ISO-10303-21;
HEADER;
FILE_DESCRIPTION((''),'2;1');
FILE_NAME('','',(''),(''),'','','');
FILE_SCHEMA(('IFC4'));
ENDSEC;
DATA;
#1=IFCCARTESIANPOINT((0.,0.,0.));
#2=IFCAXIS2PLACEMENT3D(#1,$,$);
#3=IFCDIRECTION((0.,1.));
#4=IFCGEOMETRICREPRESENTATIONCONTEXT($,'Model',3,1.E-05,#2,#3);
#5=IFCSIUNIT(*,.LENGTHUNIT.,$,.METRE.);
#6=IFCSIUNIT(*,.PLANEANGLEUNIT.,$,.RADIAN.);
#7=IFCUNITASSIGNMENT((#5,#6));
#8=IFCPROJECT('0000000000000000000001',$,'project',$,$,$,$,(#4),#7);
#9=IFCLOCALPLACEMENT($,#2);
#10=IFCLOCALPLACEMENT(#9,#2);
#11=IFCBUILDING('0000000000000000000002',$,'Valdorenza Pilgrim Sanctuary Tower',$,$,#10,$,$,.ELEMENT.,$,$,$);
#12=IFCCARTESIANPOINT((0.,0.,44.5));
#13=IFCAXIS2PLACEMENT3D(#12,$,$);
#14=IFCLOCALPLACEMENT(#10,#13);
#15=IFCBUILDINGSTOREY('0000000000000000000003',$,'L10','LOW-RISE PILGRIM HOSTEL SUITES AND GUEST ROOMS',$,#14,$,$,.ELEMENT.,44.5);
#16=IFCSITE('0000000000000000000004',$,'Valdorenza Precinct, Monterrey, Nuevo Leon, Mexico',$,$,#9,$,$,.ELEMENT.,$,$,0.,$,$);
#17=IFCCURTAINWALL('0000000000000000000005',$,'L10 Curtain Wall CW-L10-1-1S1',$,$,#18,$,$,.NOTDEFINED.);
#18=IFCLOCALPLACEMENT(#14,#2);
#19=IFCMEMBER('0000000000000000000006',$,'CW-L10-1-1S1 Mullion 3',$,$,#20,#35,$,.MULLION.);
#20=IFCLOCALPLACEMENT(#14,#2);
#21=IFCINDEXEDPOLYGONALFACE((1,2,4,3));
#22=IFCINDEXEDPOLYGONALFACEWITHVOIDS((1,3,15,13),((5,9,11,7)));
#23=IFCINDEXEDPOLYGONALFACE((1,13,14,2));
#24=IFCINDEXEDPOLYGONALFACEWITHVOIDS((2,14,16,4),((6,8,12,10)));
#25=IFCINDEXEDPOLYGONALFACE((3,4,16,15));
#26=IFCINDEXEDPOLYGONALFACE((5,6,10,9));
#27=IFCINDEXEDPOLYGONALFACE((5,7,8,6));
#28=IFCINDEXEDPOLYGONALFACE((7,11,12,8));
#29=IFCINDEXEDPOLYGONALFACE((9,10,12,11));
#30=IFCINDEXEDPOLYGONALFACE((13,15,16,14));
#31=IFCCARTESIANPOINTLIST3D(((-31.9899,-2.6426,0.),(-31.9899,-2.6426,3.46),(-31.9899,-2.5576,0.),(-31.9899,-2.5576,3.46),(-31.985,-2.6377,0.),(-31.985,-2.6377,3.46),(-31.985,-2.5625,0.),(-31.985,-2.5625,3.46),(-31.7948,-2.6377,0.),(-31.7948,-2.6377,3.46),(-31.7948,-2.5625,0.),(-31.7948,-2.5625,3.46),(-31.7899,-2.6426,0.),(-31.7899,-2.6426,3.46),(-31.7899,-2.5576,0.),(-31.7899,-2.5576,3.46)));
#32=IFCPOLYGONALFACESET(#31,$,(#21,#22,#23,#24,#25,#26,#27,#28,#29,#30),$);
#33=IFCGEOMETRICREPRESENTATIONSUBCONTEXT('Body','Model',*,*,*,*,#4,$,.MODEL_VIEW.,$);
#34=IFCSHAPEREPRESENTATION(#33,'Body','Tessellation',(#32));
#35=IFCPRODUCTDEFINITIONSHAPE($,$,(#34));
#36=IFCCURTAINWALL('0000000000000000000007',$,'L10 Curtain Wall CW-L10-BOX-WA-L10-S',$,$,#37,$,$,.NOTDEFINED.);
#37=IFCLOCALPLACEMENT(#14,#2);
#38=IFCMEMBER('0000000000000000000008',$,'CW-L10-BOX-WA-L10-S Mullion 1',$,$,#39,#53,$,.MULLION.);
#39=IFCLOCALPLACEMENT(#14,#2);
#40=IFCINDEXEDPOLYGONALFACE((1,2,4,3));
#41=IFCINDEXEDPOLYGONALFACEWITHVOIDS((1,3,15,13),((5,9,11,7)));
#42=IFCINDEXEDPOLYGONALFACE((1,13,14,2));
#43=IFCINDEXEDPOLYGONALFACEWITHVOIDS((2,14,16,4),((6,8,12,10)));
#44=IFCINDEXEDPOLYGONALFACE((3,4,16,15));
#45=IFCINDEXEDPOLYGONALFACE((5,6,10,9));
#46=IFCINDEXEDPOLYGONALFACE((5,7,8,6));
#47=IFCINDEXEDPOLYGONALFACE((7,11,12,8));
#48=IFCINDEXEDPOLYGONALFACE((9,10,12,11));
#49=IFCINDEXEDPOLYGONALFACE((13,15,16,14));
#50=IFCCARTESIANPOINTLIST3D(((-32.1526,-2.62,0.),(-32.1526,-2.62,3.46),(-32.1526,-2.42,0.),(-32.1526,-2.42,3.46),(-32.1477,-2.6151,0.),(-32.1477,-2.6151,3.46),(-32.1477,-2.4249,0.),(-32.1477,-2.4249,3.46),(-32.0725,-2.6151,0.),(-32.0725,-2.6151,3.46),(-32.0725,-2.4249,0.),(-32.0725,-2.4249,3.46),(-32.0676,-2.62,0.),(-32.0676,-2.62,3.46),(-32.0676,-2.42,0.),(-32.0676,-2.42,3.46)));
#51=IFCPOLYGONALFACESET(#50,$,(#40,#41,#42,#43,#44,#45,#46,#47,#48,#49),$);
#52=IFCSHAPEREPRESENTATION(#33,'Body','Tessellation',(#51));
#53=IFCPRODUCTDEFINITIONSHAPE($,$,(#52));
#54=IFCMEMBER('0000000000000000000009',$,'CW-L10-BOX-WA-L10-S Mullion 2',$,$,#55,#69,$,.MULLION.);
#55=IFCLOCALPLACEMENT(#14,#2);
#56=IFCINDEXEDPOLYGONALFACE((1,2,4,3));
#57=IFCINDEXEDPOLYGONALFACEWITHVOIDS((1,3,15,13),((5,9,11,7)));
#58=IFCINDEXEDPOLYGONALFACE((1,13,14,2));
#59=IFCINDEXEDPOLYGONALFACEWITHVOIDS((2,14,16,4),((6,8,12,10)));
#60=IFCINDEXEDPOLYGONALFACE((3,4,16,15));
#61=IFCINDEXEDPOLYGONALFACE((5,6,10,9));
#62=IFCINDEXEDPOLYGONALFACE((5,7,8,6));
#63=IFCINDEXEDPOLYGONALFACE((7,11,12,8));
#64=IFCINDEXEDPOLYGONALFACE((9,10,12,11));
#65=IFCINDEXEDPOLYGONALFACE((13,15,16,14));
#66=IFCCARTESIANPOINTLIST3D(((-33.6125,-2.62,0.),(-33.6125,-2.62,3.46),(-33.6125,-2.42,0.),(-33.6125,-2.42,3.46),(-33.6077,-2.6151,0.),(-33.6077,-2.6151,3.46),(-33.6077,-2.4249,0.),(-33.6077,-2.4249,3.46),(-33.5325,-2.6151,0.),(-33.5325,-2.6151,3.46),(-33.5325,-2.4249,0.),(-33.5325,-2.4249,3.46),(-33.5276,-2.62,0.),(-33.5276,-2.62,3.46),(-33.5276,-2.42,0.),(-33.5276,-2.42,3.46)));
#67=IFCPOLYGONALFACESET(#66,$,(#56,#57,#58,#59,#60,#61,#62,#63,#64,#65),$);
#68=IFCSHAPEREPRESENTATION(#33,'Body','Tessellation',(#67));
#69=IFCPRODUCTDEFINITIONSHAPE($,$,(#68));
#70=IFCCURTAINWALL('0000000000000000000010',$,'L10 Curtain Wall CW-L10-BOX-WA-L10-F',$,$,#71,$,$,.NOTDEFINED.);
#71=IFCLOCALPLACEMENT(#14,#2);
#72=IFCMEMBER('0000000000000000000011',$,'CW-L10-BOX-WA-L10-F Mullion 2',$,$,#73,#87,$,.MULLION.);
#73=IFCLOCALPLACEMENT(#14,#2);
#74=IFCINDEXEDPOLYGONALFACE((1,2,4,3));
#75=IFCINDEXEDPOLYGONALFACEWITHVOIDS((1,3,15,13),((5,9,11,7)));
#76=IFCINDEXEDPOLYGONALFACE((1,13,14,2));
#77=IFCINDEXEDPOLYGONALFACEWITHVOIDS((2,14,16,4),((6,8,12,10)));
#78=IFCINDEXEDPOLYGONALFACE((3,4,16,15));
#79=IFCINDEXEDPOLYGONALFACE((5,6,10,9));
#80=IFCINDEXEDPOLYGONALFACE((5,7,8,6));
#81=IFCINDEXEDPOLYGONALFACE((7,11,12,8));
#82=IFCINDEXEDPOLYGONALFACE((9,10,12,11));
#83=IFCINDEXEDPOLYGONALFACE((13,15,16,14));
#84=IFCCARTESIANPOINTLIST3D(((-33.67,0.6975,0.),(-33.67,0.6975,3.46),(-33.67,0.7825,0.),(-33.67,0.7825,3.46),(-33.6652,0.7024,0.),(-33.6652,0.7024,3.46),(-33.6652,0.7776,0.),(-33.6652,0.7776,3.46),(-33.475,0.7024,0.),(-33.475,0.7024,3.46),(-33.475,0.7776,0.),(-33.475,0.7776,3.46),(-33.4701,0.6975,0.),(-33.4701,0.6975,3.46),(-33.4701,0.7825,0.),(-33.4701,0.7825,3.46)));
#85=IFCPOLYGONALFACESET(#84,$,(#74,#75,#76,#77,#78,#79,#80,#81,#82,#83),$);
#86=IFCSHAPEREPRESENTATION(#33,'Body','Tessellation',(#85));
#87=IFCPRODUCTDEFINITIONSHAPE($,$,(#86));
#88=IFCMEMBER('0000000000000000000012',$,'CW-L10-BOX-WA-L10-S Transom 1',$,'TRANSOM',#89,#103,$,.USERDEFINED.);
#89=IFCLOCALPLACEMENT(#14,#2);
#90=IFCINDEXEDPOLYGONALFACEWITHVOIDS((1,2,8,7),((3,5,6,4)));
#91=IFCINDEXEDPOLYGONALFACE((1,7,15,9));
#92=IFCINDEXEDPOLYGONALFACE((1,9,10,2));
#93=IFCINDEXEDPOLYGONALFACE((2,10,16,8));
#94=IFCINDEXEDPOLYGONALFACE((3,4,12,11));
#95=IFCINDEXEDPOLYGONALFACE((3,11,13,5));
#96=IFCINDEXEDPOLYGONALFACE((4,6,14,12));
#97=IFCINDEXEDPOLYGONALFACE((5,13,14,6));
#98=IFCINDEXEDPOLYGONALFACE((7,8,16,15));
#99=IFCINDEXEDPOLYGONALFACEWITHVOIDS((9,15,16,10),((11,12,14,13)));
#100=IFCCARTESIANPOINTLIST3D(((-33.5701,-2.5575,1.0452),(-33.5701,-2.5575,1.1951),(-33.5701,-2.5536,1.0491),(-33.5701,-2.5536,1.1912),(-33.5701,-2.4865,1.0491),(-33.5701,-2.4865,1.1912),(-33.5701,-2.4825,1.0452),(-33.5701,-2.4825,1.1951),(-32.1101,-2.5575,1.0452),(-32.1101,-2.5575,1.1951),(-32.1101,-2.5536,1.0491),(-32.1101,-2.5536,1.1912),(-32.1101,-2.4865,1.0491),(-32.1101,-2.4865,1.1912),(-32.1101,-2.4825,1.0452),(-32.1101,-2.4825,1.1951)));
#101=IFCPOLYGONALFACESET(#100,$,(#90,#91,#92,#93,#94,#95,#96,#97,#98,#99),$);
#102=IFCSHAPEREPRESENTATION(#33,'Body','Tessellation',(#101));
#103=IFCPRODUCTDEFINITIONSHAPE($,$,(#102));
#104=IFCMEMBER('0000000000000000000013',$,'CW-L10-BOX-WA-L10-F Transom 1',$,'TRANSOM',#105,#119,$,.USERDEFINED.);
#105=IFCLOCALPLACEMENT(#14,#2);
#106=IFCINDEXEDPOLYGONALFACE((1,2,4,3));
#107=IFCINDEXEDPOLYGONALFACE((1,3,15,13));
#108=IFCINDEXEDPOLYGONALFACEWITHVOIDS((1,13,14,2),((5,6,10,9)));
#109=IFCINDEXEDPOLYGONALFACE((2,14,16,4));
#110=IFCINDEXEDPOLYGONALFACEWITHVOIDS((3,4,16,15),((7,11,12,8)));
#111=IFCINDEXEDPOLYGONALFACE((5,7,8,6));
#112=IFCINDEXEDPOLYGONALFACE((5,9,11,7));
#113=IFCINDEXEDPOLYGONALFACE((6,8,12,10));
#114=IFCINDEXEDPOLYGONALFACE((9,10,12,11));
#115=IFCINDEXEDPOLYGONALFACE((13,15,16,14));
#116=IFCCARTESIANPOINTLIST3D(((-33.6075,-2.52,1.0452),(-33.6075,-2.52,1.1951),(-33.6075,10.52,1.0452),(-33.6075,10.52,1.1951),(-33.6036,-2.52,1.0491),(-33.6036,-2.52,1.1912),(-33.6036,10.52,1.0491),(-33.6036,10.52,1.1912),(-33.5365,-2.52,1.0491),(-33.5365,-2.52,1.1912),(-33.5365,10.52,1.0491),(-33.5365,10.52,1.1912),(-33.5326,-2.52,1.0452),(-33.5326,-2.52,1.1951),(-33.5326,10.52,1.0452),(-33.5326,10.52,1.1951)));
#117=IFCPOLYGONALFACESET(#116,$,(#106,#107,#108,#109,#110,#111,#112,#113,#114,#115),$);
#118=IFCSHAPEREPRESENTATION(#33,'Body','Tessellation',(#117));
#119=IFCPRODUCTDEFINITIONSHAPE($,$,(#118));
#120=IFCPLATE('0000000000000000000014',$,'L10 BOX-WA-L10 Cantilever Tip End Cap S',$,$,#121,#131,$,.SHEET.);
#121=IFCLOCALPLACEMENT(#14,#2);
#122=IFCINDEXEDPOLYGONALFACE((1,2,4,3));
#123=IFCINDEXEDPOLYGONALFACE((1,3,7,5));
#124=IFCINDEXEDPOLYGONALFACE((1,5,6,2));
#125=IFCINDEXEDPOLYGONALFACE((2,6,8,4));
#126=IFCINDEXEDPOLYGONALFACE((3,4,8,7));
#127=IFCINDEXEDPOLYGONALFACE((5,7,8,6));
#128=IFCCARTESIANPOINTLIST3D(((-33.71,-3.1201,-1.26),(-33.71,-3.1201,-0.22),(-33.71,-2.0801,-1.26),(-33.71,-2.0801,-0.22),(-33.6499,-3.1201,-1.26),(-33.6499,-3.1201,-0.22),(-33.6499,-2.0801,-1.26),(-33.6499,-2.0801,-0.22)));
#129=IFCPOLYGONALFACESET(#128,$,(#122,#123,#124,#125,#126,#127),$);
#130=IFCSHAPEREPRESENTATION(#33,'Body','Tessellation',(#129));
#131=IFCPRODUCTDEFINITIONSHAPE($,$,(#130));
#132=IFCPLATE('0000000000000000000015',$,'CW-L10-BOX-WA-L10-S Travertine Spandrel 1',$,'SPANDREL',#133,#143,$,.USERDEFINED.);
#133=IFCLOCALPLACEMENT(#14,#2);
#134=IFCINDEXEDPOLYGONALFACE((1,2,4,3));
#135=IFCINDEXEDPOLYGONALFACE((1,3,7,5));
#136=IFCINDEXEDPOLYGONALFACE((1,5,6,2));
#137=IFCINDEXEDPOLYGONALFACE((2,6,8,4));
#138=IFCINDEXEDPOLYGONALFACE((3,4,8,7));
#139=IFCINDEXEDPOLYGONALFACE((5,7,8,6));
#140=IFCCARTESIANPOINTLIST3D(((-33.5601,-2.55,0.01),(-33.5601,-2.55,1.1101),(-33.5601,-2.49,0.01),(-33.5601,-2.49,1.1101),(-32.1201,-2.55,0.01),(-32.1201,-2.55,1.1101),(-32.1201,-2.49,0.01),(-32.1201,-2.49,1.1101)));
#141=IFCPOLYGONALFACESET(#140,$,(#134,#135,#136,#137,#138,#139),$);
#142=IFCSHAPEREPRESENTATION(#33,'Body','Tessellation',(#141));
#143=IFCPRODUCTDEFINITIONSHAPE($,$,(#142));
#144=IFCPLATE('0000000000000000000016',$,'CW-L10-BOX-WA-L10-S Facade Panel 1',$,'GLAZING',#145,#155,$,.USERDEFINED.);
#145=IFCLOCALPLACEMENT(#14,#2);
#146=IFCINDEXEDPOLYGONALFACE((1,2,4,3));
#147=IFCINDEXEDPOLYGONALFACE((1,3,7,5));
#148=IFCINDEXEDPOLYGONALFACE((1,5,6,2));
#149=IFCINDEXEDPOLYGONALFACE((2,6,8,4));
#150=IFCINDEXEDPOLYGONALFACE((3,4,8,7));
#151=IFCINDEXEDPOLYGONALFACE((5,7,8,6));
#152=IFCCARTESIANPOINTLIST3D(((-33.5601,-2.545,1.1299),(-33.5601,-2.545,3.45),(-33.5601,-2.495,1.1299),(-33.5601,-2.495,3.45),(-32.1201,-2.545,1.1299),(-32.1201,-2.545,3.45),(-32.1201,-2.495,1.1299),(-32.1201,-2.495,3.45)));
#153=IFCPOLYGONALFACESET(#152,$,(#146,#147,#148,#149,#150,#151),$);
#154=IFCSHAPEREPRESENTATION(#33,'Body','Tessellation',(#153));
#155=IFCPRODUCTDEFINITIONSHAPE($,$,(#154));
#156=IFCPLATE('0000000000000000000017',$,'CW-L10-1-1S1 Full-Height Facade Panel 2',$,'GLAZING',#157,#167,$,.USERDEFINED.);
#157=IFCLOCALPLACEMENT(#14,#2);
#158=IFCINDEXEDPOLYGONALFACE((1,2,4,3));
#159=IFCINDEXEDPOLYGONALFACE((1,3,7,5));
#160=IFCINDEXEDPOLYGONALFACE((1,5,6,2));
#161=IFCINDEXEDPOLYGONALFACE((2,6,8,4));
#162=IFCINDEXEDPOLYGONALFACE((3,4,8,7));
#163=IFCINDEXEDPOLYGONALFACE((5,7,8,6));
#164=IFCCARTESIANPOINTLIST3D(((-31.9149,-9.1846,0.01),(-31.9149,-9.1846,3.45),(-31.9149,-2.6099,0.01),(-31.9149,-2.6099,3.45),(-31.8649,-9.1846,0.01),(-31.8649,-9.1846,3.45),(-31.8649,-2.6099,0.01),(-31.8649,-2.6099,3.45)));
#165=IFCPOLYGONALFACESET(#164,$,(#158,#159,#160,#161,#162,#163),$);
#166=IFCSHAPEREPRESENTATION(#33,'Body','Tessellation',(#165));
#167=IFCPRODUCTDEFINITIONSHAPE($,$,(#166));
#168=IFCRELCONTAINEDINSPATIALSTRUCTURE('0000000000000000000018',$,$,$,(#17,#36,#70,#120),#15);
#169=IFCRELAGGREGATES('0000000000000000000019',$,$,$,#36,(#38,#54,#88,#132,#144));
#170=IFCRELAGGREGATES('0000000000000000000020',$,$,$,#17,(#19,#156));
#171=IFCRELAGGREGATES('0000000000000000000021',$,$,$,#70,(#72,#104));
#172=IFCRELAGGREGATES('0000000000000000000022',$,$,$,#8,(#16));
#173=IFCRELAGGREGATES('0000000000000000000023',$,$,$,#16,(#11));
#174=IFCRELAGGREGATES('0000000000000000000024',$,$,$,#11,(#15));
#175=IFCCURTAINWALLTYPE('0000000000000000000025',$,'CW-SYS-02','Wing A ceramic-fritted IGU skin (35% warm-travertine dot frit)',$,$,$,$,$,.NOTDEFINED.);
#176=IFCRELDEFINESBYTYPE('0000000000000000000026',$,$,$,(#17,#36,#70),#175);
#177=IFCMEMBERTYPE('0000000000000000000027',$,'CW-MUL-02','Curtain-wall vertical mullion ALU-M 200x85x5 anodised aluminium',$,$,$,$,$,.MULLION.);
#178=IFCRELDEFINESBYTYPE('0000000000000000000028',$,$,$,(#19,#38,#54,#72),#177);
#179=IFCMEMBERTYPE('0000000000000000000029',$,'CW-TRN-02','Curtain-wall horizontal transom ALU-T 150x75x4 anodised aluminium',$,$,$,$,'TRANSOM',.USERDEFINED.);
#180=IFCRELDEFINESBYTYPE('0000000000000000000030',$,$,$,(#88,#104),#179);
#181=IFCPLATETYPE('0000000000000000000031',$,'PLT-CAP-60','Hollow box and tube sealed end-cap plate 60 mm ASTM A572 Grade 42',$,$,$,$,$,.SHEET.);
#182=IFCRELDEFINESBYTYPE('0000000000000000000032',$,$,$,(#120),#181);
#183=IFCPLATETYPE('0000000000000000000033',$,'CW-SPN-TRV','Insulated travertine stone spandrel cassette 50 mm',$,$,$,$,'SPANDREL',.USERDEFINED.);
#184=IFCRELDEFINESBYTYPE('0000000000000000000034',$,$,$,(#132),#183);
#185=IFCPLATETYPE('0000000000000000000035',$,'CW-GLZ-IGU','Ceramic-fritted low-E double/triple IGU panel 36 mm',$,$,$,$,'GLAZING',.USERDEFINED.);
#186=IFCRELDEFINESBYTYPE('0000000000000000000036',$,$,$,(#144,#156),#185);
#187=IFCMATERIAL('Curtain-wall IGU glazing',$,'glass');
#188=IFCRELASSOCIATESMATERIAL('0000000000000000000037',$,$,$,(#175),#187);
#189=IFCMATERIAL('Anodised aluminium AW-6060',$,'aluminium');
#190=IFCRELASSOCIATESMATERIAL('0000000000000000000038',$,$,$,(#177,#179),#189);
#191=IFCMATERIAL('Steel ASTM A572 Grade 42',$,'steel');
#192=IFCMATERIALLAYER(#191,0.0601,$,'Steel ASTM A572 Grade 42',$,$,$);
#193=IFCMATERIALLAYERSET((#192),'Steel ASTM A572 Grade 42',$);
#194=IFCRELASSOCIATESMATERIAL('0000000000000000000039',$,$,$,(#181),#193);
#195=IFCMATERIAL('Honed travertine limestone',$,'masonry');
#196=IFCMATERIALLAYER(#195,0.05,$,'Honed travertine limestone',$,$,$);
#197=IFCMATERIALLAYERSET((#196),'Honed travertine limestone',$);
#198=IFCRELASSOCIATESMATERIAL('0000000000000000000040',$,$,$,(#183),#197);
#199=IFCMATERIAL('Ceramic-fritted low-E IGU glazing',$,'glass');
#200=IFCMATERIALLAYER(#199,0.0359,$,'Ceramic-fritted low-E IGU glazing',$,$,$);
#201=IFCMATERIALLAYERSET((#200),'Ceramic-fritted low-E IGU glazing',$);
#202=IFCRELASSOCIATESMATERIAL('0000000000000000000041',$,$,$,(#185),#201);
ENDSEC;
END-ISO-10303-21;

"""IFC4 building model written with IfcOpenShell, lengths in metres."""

from ifc_helpers import new_model, si_unit, direction, frame, origin, origin_2d, place, context, subcontext, project, spatial, rectangle, hollow_rectangle, extrude, source, transform, mapped, material, layer, layer_set, material_profile, profile_set, type_object, element, aggregate, save


model = new_model("IFC4")

# Units and contexts
model_context = context("Model", 3, precision=1e-05, world=origin(), true_north=direction((0.0, 1.0)))
body_context = subcontext(model_context, "Body", "Model", "MODEL_VIEW")
ifc_project = project(units=[si_unit("LENGTHUNIT", "METRE"), si_unit("PLANEANGLEUNIT", "RADIAN")], contexts=[model_context])

# Site, building, storey
site_placement = place(None, origin())
site = spatial("IfcSite", under=ifc_project, at=site_placement, Name="Valdorenza Precinct, Monterrey, Nuevo Leon, Mexico", CompositionType="ELEMENT", RefElevation=0.0)
building_placement = place(site_placement, origin())
building = spatial("IfcBuilding", under=site, at=building_placement, Name="Valdorenza Pilgrim Sanctuary Tower", CompositionType="ELEMENT")
storey_placement = place(building_placement, frame((0.0, 0.0, 44.5)))
storey = spatial("IfcBuildingStorey", under=building, at=storey_placement, Name="L10", Description="LOW-RISE PILGRIM HOSTEL SUITES AND GUEST ROOMS", CompositionType="ELEMENT", Elevation=44.5)

# Shared definitions
ifc_material_1 = material(Name="Steel ASTM A572 Grade 42", Category="steel")

# Curtain wall, member
ifc_material_2 = material(Name="Curtain-wall IGU glazing", Category="glass")
curtain_wall_type = type_object("IfcCurtainWallType", Name="CW-SYS-02", Description="Wing A ceramic-fritted IGU skin (35% warm-travertine dot frit)", PredefinedType="NOTDEFINED", material=ifc_material_2)
curtain_wall_1_placement = place(storey_placement, origin())
curtain_wall_1 = element("IfcCurtainWall", 1, at=curtain_wall_1_placement, inside=storey, type_object=curtain_wall_type, Name="L10 Curtain Wall CW-L10-1-1S1", PredefinedType="NOTDEFINED")
ifc_material_3 = material(Name="Anodised aluminium AW-6060", Category="aluminium")
ifc_material_profile_1 = material_profile(ifc_material_3, hollow_rectangle(XDim=0.085, YDim=0.2, WallThickness=0.0049, at=origin_2d()), Name="ALU-M 200x85x5")
ifc_profile_set_1 = profile_set([ifc_material_profile_1], Name="Anodised aluminium AW-6060")
member_type_1 = type_object("IfcMemberType", Name="CW-MUL-02", Description="Curtain-wall vertical mullion ALU-M 200x85x5 anodised aluminium", PredefinedType="MULLION", material=ifc_profile_set_1)
shared_shape_1 = source(origin(), body_context, "Body", "SweptSolid", [
    extrude(hollow_rectangle(XDim=0.085, YDim=0.2, WallThickness=0.0049, at=origin_2d()), origin(), (0.0, 0.0, 1.0), 3.46),
])
member_1_placement = place(storey_placement, frame((-31.8899, -2.6001, 0.0), z_axis=(0.0, 0.0, 1.0), x_axis=(0.0, 1.0, 0.0)))
member_1 = element("IfcMember", 2, at=member_1_placement, type_object=member_type_1, Name="CW-L10-1-1S1 Mullion 3", PredefinedType="MULLION", context=body_context, shape_type="MappedRepresentation", body=[
    mapped(shared_shape_1, transform((0.0, 0.0, 0.0), x_axis=(1.0, 0.0, 0.0), y_axis=(0.0, 1.0, 0.0), z_axis=(0.0, 0.0, 1.0), scale=1.0)),
])

# Curtain wall, members
curtain_wall_2_placement = place(storey_placement, origin())
curtain_wall_2 = element("IfcCurtainWall", 3, at=curtain_wall_2_placement, inside=storey, type_object=curtain_wall_type, Name="L10 Curtain Wall CW-L10-BOX-WA-L10-S", PredefinedType="NOTDEFINED")
member_2_placement = place(storey_placement, frame((-32.1101, -2.52, 0.0), z_axis=(0.0, 0.0, 1.0), x_axis=(-1.0, 0.0, 0.0)))
member_2 = element("IfcMember", 4, at=member_2_placement, type_object=member_type_1, Name="CW-L10-BOX-WA-L10-S Mullion 1", PredefinedType="MULLION", context=body_context, shape_type="MappedRepresentation", body=[
    mapped(shared_shape_1, transform((0.0, 0.0, 0.0), x_axis=(1.0, 0.0, 0.0), y_axis=(0.0, 1.0, 0.0), z_axis=(0.0, 0.0, 1.0), scale=1.0)),
])
member_3_placement = place(storey_placement, frame((-33.5701, -2.52, 0.0), z_axis=(0.0, 0.0, 1.0), x_axis=(-1.0, 0.0, 0.0)))
member_3 = element("IfcMember", 5, at=member_3_placement, type_object=member_type_1, Name="CW-L10-BOX-WA-L10-S Mullion 2", PredefinedType="MULLION", context=body_context, shape_type="MappedRepresentation", body=[
    mapped(shared_shape_1, transform((0.0, 0.0, 0.0), x_axis=(1.0, 0.0, 0.0), y_axis=(0.0, 1.0, 0.0), z_axis=(0.0, 0.0, 1.0), scale=1.0)),
])

# Curtain wall, member
curtain_wall_3_placement = place(storey_placement, origin())
curtain_wall_3 = element("IfcCurtainWall", 6, at=curtain_wall_3_placement, inside=storey, type_object=curtain_wall_type, Name="L10 Curtain Wall CW-L10-BOX-WA-L10-F", PredefinedType="NOTDEFINED")
member_4_placement = place(storey_placement, frame((-33.5701, 0.74, 0.0), z_axis=(0.0, 0.0, 1.0), x_axis=(0.0, 1.0, 0.0)))
member_4 = element("IfcMember", 7, at=member_4_placement, type_object=member_type_1, Name="CW-L10-BOX-WA-L10-F Mullion 2", PredefinedType="MULLION", context=body_context, shape_type="MappedRepresentation", body=[
    mapped(shared_shape_1, transform((0.0, 0.0, 0.0), x_axis=(1.0, 0.0, 0.0), y_axis=(0.0, 1.0, 0.0), z_axis=(0.0, 0.0, 1.0), scale=1.0)),
])

# Members
ifc_material_profile_2 = material_profile(ifc_material_3, hollow_rectangle(XDim=0.075, YDim=0.1499, WallThickness=0.0039, at=origin_2d()), Name="ALU-T 150x75x4")
ifc_profile_set_2 = profile_set([ifc_material_profile_2], Name="Anodised aluminium AW-6060")
member_type_2 = type_object("IfcMemberType", Name="CW-TRN-02", Description="Curtain-wall horizontal transom ALU-T 150x75x4 anodised aluminium", ElementType="TRANSOM", PredefinedType="USERDEFINED", material=ifc_profile_set_2)
shared_shape_2 = source(origin(), body_context, "Body", "SweptSolid", [
    extrude(hollow_rectangle(XDim=0.075, YDim=0.1499, WallThickness=0.0039, at=origin_2d()), origin(), (0.0, 0.0, 1.0), 1.46),
])
member_5_placement = place(storey_placement, frame((-32.1101, -2.52, 1.1201), z_axis=(-1.0, 0.0, 0.0), x_axis=(0.0, -1.0, 0.0)))
member_5 = element("IfcMember", 8, at=member_5_placement, type_object=member_type_2, Name="CW-L10-BOX-WA-L10-S Transom 1", ObjectType="TRANSOM", PredefinedType="USERDEFINED", context=body_context, shape_type="MappedRepresentation", body=[
    mapped(shared_shape_2, transform((0.0, 0.0, 0.0), x_axis=(1.0, 0.0, 0.0), y_axis=(0.0, 1.0, 0.0), z_axis=(0.0, 0.0, 1.0), scale=1.0)),
])
shared_shape_3 = source(origin(), body_context, "Body", "SweptSolid", [
    extrude(hollow_rectangle(XDim=0.075, YDim=0.1499, WallThickness=0.0039, at=origin_2d()), origin(), (0.0, 0.0, 1.0), 13.04),
])
member_6_placement = place(storey_placement, frame((-33.5701, -2.52, 1.1201), z_axis=(0.0, 1.0, 0.0), x_axis=(-1.0, 0.0, 0.0)))
member_6 = element("IfcMember", 9, at=member_6_placement, type_object=member_type_2, Name="CW-L10-BOX-WA-L10-F Transom 1", ObjectType="TRANSOM", PredefinedType="USERDEFINED", context=body_context, shape_type="MappedRepresentation", body=[
    mapped(shared_shape_3, transform((0.0, 0.0, 0.0), x_axis=(1.0, 0.0, 0.0), y_axis=(0.0, 1.0, 0.0), z_axis=(0.0, 0.0, 1.0), scale=1.0)),
])

# Plates
ifc_layer_1 = layer(ifc_material_1, 0.0601, Name="Steel ASTM A572 Grade 42")
ifc_layer_set_1 = layer_set([ifc_layer_1], Name="Steel ASTM A572 Grade 42")
plate_type_1 = type_object("IfcPlateType", Name="PLT-CAP-60", Description="Hollow box and tube sealed end-cap plate 60 mm ASTM A572 Grade 42", PredefinedType="SHEET", material=ifc_layer_set_1)
shared_shape_4 = source(origin(), body_context, "Body", "SweptSolid", [
    extrude(rectangle(XDim=0.0601, YDim=1.04, at=origin_2d()), origin(), (0.0, 0.0, 1.0), 1.04),
])
plate_1_placement = place(storey_placement, frame((-33.6799, -2.6001, -1.26), z_axis=(0.0, 0.0, 1.0), x_axis=(1.0, 0.0, 0.0)))
element("IfcPlate", 10, at=plate_1_placement, inside=storey, type_object=plate_type_1, Name="L10 BOX-WA-L10 Cantilever Tip End Cap S", PredefinedType="SHEET", context=body_context, shape_type="MappedRepresentation", body=[
    mapped(shared_shape_4, transform((0.0, 0.0, 0.0), x_axis=(1.0, 0.0, 0.0), y_axis=(0.0, 1.0, 0.0), z_axis=(0.0, 0.0, 1.0), scale=1.0)),
])
ifc_material_4 = material(Name="Honed travertine limestone", Category="masonry")
ifc_layer_2 = layer(ifc_material_4, 0.05, Name="Honed travertine limestone")
ifc_layer_set_2 = layer_set([ifc_layer_2], Name="Honed travertine limestone")
plate_type_2 = type_object("IfcPlateType", Name="CW-SPN-TRV", Description="Insulated travertine stone spandrel cassette 50 mm", ElementType="SPANDREL", PredefinedType="USERDEFINED", material=ifc_layer_set_2)
shared_shape_5 = source(origin(), body_context, "Body", "SweptSolid", [
    extrude(rectangle(XDim=1.4399, YDim=0.0601, at=origin_2d()), origin(), (0.0, 0.0, 1.0), 1.1001),
])
plate_2_placement = place(storey_placement, frame((-32.8401, -2.52, 0.01), z_axis=(0.0, 0.0, 1.0), x_axis=(-1.0, 0.0, 0.0)))
plate_2 = element("IfcPlate", 11, at=plate_2_placement, type_object=plate_type_2, Name="CW-L10-BOX-WA-L10-S Travertine Spandrel 1", ObjectType="SPANDREL", PredefinedType="USERDEFINED", context=body_context, shape_type="MappedRepresentation", body=[
    mapped(shared_shape_5, transform((0.0, 0.0, 0.0), x_axis=(1.0, 0.0, 0.0), y_axis=(0.0, 1.0, 0.0), z_axis=(0.0, 0.0, 1.0), scale=1.0)),
])
ifc_material_5 = material(Name="Ceramic-fritted low-E IGU glazing", Category="glass")
ifc_layer_3 = layer(ifc_material_5, 0.0359, Name="Ceramic-fritted low-E IGU glazing")
ifc_layer_set_3 = layer_set([ifc_layer_3], Name="Ceramic-fritted low-E IGU glazing")
plate_type_3 = type_object("IfcPlateType", Name="CW-GLZ-IGU", Description="Ceramic-fritted low-E double/triple IGU panel 36 mm", ElementType="GLAZING", PredefinedType="USERDEFINED", material=ifc_layer_set_3)
shared_shape_6 = source(origin(), body_context, "Body", "SweptSolid", [
    extrude(rectangle(XDim=1.4399, YDim=0.05, at=origin_2d()), origin(), (0.0, 0.0, 1.0), 2.3201),
])
plate_3_placement = place(storey_placement, frame((-32.8401, -2.52, 1.1299), z_axis=(0.0, 0.0, 1.0), x_axis=(-1.0, 0.0, 0.0)))
plate_3 = element("IfcPlate", 12, at=plate_3_placement, type_object=plate_type_3, Name="CW-L10-BOX-WA-L10-S Facade Panel 1", ObjectType="GLAZING", PredefinedType="USERDEFINED", context=body_context, shape_type="MappedRepresentation", body=[
    mapped(shared_shape_6, transform((0.0, 0.0, 0.0), x_axis=(1.0, 0.0, 0.0), y_axis=(0.0, 1.0, 0.0), z_axis=(0.0, 0.0, 1.0), scale=1.0)),
])
aggregate(curtain_wall_2, [member_2, member_3, member_5, plate_2, plate_3])
shared_shape_7 = source(origin(), body_context, "Body", "SweptSolid", [
    extrude(rectangle(XDim=6.5747, YDim=0.05, at=origin_2d()), origin(), (0.0, 0.0, 1.0), 3.4399),
])
plate_4_placement = place(storey_placement, frame((-31.8899, -5.8972, 0.01), z_axis=(0.0, 0.0, 1.0), x_axis=(0.0, 1.0, 0.0)))
plate_4 = element("IfcPlate", 13, at=plate_4_placement, type_object=plate_type_3, Name="CW-L10-1-1S1 Full-Height Facade Panel 2", ObjectType="GLAZING", PredefinedType="USERDEFINED", context=body_context, shape_type="MappedRepresentation", body=[
    mapped(shared_shape_7, transform((0.0, 0.0, 0.0), x_axis=(1.0, 0.0, 0.0), y_axis=(0.0, 1.0, 0.0), z_axis=(0.0, 0.0, 1.0), scale=1.0)),
])
aggregate(curtain_wall_1, [member_1, plate_4])
aggregate(curtain_wall_3, [member_4, member_6])

save(model, "model.ifc")
